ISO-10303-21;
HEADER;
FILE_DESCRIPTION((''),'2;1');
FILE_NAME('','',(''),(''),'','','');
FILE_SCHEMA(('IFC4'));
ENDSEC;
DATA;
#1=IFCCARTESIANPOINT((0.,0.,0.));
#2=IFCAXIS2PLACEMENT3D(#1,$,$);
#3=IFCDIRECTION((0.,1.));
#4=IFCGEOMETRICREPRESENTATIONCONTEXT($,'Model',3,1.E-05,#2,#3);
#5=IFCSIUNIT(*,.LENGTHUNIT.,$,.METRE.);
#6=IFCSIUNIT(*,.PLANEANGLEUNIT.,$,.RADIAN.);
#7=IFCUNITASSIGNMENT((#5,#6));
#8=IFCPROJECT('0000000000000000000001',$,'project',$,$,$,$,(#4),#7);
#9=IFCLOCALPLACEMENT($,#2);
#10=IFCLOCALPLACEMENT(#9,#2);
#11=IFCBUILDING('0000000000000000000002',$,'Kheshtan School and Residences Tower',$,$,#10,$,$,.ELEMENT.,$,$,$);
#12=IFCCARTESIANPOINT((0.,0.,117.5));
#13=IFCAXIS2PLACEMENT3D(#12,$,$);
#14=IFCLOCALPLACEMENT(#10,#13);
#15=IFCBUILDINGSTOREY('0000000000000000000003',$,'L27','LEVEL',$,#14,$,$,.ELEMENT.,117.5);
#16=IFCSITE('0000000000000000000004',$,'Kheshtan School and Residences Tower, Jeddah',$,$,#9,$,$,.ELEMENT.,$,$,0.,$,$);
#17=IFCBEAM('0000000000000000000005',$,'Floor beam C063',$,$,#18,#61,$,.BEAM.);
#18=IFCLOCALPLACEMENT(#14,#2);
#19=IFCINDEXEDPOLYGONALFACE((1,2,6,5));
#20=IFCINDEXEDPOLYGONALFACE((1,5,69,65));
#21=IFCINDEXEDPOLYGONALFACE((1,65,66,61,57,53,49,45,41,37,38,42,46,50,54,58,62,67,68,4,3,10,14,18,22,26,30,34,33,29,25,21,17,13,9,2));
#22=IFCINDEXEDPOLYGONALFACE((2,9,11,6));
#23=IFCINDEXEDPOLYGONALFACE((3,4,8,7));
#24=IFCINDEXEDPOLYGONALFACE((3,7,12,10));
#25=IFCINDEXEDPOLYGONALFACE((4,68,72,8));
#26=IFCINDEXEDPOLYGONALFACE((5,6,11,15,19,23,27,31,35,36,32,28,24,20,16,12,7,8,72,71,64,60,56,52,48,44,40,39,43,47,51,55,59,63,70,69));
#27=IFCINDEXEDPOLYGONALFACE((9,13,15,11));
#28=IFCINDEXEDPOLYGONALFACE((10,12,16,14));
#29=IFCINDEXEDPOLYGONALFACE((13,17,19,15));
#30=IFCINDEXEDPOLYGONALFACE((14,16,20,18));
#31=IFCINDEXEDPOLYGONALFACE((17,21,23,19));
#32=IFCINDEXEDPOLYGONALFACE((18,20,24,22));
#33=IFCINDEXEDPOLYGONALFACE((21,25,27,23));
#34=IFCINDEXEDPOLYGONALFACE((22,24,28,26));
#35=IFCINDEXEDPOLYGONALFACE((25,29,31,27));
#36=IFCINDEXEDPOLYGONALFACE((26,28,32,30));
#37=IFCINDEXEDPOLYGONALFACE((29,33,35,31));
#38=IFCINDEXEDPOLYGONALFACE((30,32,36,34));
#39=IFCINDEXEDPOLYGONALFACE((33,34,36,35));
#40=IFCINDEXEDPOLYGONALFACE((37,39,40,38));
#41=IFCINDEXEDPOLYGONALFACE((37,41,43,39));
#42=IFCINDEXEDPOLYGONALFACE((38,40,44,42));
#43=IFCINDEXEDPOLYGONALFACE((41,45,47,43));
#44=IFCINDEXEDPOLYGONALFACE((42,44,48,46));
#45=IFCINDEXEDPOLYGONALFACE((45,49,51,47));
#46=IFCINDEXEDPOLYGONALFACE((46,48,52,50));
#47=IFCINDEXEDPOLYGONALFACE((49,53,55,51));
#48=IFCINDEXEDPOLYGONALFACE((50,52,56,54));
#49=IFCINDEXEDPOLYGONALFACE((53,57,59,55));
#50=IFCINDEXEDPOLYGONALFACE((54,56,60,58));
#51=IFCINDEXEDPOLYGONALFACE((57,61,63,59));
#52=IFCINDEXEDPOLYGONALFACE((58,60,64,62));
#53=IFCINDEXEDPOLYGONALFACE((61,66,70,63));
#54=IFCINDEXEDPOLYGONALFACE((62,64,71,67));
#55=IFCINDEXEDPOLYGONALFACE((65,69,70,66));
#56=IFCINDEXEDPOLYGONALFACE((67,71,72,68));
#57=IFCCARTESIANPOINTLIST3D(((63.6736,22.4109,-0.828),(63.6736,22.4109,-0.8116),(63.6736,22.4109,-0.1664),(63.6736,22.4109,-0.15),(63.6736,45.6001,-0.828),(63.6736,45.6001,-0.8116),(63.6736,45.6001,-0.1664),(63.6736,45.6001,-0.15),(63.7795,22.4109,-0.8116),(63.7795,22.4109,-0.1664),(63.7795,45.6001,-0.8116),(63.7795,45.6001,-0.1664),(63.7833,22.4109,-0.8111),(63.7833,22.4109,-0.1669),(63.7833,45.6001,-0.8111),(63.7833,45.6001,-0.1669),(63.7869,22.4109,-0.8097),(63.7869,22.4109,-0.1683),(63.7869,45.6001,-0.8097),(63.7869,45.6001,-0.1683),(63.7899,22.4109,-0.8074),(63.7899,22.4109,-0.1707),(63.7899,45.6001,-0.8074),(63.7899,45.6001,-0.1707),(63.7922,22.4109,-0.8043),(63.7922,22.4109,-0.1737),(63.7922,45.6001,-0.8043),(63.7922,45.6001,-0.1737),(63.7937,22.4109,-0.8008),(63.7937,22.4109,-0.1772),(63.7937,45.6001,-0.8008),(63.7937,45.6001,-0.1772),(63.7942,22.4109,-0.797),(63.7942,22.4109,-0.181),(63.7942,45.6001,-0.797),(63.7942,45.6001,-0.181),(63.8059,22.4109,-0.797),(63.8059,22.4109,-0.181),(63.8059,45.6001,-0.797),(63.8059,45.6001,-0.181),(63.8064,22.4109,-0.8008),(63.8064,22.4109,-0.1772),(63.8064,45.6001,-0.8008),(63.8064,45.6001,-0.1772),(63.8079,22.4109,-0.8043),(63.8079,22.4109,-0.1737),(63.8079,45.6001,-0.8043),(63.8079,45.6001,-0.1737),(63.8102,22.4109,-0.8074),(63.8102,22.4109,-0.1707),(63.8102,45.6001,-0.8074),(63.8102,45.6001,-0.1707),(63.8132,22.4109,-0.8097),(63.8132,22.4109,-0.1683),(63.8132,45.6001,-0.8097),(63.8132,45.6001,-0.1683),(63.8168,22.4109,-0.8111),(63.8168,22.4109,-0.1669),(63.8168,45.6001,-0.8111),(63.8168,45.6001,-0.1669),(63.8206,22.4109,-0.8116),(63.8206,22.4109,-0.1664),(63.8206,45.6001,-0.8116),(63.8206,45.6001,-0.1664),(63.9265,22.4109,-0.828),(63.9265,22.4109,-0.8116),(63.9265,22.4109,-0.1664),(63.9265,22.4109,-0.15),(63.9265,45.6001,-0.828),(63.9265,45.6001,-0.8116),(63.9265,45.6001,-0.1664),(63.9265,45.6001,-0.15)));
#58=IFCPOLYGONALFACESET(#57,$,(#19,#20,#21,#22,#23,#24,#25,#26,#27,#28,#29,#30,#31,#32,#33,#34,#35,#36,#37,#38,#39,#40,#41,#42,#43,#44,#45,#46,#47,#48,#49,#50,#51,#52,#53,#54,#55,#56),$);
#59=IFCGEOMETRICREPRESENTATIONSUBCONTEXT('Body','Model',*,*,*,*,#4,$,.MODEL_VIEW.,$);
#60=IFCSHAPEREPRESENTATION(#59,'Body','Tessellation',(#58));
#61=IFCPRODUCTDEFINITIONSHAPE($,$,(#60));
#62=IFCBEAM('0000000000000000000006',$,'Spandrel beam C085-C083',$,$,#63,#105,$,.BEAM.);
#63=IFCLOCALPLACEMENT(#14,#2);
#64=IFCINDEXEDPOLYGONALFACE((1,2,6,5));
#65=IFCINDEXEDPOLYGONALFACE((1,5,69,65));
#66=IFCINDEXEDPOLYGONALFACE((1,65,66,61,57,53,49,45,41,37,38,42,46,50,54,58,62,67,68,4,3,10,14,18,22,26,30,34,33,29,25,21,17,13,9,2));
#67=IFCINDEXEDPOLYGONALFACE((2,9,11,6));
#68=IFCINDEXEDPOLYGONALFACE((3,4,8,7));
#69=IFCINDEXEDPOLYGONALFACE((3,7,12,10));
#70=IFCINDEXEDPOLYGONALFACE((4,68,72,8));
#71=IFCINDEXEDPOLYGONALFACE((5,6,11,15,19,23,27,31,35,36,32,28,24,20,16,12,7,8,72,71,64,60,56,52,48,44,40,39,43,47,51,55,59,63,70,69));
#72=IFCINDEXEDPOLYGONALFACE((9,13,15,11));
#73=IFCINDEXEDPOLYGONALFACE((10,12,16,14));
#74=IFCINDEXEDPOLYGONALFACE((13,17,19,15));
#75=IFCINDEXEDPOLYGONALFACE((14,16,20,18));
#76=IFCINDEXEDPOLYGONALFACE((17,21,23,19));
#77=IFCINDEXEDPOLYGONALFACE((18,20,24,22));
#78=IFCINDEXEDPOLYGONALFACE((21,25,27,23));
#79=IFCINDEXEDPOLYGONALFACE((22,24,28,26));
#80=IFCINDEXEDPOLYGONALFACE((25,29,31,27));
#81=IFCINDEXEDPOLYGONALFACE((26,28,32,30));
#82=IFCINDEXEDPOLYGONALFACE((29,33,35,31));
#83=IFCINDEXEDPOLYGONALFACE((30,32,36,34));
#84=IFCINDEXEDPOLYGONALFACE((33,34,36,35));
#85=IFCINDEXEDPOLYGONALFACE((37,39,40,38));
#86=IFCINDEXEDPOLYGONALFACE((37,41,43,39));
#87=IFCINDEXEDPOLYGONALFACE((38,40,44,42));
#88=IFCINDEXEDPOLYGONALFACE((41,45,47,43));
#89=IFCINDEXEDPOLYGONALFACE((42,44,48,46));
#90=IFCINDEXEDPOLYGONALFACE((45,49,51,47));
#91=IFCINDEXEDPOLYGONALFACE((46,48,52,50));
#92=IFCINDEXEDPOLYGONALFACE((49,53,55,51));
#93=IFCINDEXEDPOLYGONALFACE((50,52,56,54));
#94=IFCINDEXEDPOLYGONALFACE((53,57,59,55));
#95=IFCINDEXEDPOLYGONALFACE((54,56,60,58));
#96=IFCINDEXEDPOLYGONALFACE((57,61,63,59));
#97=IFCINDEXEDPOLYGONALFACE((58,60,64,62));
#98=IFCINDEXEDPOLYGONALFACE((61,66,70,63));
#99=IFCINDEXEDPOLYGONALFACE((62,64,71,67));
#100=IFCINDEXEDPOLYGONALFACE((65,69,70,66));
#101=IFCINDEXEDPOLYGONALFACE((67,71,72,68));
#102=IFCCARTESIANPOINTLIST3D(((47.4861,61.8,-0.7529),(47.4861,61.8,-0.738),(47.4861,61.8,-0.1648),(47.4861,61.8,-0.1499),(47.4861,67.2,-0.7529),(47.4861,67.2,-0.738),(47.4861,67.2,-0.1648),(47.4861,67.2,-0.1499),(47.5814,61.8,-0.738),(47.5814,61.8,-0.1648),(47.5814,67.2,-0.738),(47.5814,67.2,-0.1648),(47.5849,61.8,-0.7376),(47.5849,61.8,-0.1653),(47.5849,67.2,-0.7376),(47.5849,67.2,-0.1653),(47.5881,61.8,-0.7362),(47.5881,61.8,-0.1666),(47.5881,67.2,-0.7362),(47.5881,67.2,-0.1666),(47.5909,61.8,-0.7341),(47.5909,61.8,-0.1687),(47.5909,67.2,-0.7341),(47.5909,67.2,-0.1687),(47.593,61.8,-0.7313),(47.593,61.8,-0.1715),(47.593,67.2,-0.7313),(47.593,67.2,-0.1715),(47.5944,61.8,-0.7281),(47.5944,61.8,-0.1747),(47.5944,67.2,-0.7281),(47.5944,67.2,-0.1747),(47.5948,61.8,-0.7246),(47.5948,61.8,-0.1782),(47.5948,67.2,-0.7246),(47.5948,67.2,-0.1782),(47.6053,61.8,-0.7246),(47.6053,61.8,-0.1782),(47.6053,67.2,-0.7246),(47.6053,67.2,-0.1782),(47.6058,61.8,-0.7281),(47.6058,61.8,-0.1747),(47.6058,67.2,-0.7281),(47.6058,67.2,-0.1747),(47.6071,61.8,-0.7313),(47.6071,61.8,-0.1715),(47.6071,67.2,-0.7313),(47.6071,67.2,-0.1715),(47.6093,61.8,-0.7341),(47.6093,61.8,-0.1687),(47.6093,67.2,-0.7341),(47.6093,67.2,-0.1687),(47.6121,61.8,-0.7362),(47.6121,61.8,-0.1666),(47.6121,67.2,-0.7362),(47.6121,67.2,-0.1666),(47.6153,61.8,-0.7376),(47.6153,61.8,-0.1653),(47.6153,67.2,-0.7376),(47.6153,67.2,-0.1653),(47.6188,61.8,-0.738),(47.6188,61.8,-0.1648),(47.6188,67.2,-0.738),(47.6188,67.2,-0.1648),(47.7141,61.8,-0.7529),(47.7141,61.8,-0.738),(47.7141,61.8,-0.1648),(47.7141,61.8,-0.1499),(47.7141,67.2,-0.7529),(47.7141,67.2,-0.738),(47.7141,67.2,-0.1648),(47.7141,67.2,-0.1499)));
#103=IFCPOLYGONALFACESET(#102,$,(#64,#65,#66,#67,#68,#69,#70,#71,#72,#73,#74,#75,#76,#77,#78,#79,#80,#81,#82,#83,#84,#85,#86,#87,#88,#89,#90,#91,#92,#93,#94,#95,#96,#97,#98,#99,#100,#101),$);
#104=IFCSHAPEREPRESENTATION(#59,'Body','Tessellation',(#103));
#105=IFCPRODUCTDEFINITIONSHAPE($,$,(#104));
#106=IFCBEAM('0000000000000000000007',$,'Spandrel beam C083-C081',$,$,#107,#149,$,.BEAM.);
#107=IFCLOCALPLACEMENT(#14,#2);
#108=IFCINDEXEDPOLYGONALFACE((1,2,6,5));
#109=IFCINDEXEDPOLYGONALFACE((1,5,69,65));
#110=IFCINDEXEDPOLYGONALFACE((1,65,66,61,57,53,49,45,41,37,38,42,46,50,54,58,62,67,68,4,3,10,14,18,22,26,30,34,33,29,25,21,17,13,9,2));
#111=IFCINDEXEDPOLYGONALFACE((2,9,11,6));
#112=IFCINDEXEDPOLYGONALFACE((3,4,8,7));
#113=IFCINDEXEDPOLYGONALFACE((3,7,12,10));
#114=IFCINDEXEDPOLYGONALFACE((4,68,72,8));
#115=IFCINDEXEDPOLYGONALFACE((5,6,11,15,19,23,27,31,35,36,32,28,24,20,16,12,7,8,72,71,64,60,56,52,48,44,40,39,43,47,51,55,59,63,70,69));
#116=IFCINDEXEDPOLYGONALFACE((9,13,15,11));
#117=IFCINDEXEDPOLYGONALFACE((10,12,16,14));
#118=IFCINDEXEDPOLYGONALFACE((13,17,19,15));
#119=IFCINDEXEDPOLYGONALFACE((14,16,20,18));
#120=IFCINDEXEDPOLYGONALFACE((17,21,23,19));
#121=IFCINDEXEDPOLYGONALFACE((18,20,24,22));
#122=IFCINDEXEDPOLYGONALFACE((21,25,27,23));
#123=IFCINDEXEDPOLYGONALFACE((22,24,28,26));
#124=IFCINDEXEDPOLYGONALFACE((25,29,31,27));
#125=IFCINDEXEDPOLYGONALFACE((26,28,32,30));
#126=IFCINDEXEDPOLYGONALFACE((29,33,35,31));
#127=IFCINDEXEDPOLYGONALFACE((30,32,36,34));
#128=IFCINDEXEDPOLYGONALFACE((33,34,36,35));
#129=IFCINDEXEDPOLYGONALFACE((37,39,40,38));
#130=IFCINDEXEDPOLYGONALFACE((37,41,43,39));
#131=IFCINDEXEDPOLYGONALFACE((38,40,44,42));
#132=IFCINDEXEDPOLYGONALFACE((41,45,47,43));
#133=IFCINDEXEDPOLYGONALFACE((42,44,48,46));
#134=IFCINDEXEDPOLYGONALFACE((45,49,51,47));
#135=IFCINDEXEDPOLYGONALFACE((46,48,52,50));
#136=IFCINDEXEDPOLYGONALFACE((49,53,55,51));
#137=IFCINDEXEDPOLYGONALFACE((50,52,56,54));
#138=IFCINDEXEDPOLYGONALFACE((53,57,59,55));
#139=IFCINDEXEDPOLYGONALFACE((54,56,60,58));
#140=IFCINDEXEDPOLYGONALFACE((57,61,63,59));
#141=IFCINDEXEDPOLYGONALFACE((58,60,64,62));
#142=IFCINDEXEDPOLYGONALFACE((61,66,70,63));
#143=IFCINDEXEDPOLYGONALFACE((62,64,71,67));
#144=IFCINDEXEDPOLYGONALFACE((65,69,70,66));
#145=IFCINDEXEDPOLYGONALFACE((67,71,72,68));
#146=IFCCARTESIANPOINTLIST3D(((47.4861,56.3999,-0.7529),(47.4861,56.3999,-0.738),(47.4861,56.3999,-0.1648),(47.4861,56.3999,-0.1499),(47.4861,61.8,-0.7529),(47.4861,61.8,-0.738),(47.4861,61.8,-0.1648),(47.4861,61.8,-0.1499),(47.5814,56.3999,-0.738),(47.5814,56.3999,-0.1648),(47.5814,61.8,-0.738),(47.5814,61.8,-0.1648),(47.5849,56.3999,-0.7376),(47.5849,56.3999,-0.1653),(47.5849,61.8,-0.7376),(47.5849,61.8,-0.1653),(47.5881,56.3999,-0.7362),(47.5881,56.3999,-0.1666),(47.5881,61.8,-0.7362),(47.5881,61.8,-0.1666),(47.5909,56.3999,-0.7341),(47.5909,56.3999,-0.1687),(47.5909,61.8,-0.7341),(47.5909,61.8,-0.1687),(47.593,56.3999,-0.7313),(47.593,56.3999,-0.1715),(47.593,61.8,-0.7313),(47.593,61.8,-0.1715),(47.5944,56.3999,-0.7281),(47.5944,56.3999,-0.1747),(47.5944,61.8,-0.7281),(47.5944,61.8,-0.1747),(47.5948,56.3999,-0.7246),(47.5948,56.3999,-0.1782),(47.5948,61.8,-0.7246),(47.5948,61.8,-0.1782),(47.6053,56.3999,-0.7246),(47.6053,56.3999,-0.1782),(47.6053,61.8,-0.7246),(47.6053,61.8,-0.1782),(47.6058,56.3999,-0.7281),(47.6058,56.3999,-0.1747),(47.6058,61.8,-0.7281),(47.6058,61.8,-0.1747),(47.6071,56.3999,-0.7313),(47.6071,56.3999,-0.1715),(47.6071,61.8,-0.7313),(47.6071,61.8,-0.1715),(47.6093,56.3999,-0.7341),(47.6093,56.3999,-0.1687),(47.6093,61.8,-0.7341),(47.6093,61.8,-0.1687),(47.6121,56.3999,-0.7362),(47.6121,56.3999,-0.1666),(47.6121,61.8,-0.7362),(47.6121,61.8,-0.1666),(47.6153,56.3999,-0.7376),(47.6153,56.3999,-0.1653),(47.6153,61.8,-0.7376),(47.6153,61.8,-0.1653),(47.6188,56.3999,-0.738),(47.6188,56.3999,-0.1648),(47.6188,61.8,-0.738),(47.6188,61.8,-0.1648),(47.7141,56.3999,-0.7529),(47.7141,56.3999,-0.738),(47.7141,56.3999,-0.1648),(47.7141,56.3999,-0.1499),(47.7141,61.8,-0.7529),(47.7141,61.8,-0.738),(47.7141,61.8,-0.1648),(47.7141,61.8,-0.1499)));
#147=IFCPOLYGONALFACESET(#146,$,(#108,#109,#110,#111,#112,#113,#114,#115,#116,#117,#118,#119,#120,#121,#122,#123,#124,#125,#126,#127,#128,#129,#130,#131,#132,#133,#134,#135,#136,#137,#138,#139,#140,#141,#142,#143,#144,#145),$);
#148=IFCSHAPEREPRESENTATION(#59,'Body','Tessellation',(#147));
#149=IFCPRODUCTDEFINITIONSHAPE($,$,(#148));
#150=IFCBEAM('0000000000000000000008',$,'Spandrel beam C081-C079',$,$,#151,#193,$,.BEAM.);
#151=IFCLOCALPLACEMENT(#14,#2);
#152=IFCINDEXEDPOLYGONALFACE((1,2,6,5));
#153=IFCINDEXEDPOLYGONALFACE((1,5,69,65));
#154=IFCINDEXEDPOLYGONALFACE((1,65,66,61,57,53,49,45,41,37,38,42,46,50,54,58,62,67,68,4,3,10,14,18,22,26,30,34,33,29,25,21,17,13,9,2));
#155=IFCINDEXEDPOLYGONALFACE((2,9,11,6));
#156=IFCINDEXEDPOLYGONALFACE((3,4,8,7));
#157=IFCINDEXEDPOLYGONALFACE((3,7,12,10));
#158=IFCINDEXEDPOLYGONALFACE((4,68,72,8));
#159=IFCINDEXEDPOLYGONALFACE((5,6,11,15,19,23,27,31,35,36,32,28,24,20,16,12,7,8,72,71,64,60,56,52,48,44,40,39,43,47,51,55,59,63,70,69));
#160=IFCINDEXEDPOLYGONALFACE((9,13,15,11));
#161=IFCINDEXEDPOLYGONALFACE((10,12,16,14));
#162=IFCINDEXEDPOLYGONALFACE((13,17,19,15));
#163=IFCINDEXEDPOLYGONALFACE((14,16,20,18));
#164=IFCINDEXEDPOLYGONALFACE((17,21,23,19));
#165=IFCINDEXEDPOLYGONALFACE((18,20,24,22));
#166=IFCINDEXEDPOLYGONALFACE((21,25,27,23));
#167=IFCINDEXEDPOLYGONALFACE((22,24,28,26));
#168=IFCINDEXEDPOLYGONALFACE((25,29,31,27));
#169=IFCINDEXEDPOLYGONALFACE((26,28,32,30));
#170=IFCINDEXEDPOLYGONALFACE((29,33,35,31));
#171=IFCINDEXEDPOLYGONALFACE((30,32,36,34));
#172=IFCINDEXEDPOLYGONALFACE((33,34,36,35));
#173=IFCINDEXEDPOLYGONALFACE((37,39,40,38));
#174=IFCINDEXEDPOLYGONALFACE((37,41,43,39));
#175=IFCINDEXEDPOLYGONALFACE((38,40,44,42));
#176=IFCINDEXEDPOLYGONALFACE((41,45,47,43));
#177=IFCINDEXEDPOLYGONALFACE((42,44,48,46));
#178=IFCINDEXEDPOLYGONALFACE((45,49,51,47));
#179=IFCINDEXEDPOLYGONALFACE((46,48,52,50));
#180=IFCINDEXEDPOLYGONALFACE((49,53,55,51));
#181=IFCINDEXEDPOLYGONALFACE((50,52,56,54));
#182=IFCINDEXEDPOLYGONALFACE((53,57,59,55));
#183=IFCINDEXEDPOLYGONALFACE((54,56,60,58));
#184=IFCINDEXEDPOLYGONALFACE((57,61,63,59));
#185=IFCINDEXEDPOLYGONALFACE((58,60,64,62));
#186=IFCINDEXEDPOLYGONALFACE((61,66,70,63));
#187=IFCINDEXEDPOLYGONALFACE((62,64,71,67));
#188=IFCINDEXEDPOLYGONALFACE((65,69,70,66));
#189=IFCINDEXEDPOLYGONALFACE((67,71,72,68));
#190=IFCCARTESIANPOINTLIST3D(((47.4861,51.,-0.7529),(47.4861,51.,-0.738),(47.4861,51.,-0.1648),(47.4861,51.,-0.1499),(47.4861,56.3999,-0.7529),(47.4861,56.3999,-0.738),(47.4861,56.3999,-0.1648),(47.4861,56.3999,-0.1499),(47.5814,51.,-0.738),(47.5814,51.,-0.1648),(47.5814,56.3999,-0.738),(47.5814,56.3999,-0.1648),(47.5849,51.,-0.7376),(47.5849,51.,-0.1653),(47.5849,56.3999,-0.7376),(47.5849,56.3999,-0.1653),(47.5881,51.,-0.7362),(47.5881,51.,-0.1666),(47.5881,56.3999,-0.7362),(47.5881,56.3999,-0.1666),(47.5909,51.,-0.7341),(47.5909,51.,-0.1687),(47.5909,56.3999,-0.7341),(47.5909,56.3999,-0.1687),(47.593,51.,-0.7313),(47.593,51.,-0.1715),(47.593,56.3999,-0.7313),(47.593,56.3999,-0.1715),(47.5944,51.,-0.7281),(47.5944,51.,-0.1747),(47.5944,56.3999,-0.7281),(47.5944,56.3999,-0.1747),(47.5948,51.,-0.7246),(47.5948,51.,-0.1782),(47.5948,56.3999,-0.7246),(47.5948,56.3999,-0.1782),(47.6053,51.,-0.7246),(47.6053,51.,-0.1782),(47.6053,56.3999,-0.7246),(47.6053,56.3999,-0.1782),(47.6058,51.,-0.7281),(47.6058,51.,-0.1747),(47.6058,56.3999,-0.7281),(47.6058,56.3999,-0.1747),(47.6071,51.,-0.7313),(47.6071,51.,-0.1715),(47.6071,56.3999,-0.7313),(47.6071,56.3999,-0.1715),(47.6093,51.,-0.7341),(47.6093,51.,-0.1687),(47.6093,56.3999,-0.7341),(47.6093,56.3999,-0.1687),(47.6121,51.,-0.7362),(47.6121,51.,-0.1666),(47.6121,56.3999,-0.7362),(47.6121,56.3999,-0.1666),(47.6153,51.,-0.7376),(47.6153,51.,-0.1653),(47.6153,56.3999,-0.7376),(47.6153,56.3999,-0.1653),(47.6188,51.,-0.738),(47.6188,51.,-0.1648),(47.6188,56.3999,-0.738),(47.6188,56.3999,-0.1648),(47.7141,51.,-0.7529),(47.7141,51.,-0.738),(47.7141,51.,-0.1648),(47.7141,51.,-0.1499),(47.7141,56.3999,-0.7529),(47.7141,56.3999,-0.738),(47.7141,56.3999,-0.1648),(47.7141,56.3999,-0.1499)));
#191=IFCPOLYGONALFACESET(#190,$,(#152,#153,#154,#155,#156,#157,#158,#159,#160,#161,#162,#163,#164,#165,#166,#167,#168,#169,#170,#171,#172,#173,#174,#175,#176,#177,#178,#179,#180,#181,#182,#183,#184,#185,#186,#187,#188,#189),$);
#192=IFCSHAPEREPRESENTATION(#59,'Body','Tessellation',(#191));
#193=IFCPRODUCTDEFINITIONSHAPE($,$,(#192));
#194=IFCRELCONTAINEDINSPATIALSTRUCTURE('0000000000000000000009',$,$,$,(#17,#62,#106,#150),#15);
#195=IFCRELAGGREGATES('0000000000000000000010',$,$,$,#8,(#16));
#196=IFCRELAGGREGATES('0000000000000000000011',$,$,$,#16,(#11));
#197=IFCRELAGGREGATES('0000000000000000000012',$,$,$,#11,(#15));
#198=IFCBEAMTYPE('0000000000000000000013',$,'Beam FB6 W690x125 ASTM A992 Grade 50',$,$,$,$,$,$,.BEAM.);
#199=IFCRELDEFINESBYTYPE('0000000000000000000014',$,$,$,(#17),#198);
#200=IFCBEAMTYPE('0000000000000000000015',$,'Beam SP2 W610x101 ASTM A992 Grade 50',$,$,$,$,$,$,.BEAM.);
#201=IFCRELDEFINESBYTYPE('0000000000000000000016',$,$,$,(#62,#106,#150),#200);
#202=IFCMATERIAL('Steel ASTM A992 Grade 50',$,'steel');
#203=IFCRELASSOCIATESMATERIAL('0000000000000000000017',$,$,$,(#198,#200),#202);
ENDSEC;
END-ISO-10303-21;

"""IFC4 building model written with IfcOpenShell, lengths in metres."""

from ifc_helpers import new_model, si_unit, direction, frame, origin, origin_2d, place, context, subcontext, project, spatial, i_section, extrude, material, material_profile, profile_set, type_object, element, save


model = new_model("IFC4")

# Units and contexts
model_context = context("Model", 3, precision=1e-05, world=origin(), true_north=direction((0.0, 1.0)))
body_context = subcontext(model_context, "Body", "Model", "MODEL_VIEW")
ifc_project = project(units=[si_unit("LENGTHUNIT", "METRE"), si_unit("PLANEANGLEUNIT", "RADIAN")], contexts=[model_context])

# Site, building, storey
site_placement = place(None, origin())
site = spatial("IfcSite", under=ifc_project, at=site_placement, Name="Kheshtan School and Residences Tower, Jeddah", CompositionType="ELEMENT", RefElevation=0.0)
building_placement = place(site_placement, origin())
building = spatial("IfcBuilding", under=site, at=building_placement, Name="Kheshtan School and Residences Tower", CompositionType="ELEMENT")
storey_placement = place(building_placement, frame((0.0, 0.0, 117.5)))
storey = spatial("IfcBuildingStorey", under=building, at=storey_placement, Name="L27", Description="LEVEL", CompositionType="ELEMENT", Elevation=117.5)

# Shared definitions
ifc_material_1 = material(Name="Steel ASTM A992 Grade 50", Category="steel")

# Beams
ifc_material_profile_1 = material_profile(ifc_material_1, i_section(OverallWidth=0.2529, OverallDepth=0.678, WebThickness=0.0117, FlangeThickness=0.0164, FilletRadius=0.0146, at=origin_2d()), Name="W690x125")
ifc_profile_set_1 = profile_set([ifc_material_profile_1], Name="Steel ASTM A992 Grade 50")
beam_type_1 = type_object("IfcBeamType", Name="Beam FB6 W690x125 ASTM A992 Grade 50", PredefinedType="BEAM", material=ifc_profile_set_1)
beam_1_placement = place(storey_placement, frame((63.8, 45.6001, -0.489), z_axis=(0.0, -1.0, 0.0), x_axis=(1.0, 0.0, 0.0)))
element("IfcBeam", 1, at=beam_1_placement, inside=storey, type_object=beam_type_1, Name="Floor beam C063", PredefinedType="BEAM", context=body_context, shape_type="SweptSolid", body=[
    extrude(i_section(OverallWidth=0.2529, OverallDepth=0.678, WebThickness=0.0117, FlangeThickness=0.0164, FilletRadius=0.0146, at=origin_2d()), origin(), (0.0, 0.0, 1.0), 23.1892),
])
ifc_material_profile_2 = material_profile(ifc_material_1, i_section(OverallWidth=0.228, OverallDepth=0.603, WebThickness=0.0105, FlangeThickness=0.0149, FilletRadius=0.0134, at=origin_2d()), Name="W610x101")
ifc_profile_set_2 = profile_set([ifc_material_profile_2], Name="Steel ASTM A992 Grade 50")
beam_type_2 = type_object("IfcBeamType", Name="Beam SP2 W610x101 ASTM A992 Grade 50", PredefinedType="BEAM", material=ifc_profile_set_2)
beam_2_placement = place(storey_placement, frame((47.6001, 67.2, -0.4514), z_axis=(0.0, -1.0, 0.0), x_axis=(1.0, 0.0, 0.0)))
element("IfcBeam", 2, at=beam_2_placement, inside=storey, type_object=beam_type_2, Name="Spandrel beam C085-C083", PredefinedType="BEAM", context=body_context, shape_type="SweptSolid", body=[
    extrude(i_section(OverallWidth=0.228, OverallDepth=0.603, WebThickness=0.0105, FlangeThickness=0.0149, FilletRadius=0.0134, at=origin_2d()), origin(), (0.0, 0.0, 1.0), 5.3999),
])
beam_3_placement = place(storey_placement, frame((47.6001, 61.8, -0.4514), z_axis=(0.0, -1.0, 0.0), x_axis=(1.0, 0.0, 0.0)))
element("IfcBeam", 3, at=beam_3_placement, inside=storey, type_object=beam_type_2, Name="Spandrel beam C083-C081", PredefinedType="BEAM", context=body_context, shape_type="SweptSolid", body=[
    extrude(i_section(OverallWidth=0.228, OverallDepth=0.603, WebThickness=0.0105, FlangeThickness=0.0149, FilletRadius=0.0134, at=origin_2d()), origin(), (0.0, 0.0, 1.0), 5.4001),
])
beam_4_placement = place(storey_placement, frame((47.6001, 56.3999, -0.4514), z_axis=(0.0, -1.0, 0.0), x_axis=(1.0, 0.0, 0.0)))
element("IfcBeam", 4, at=beam_4_placement, inside=storey, type_object=beam_type_2, Name="Spandrel beam C081-C079", PredefinedType="BEAM", context=body_context, shape_type="SweptSolid", body=[
    extrude(i_section(OverallWidth=0.228, OverallDepth=0.603, WebThickness=0.0105, FlangeThickness=0.0149, FilletRadius=0.0134, at=origin_2d()), origin(), (0.0, 0.0, 1.0), 5.3999),
])

save(model, "model.ifc")
